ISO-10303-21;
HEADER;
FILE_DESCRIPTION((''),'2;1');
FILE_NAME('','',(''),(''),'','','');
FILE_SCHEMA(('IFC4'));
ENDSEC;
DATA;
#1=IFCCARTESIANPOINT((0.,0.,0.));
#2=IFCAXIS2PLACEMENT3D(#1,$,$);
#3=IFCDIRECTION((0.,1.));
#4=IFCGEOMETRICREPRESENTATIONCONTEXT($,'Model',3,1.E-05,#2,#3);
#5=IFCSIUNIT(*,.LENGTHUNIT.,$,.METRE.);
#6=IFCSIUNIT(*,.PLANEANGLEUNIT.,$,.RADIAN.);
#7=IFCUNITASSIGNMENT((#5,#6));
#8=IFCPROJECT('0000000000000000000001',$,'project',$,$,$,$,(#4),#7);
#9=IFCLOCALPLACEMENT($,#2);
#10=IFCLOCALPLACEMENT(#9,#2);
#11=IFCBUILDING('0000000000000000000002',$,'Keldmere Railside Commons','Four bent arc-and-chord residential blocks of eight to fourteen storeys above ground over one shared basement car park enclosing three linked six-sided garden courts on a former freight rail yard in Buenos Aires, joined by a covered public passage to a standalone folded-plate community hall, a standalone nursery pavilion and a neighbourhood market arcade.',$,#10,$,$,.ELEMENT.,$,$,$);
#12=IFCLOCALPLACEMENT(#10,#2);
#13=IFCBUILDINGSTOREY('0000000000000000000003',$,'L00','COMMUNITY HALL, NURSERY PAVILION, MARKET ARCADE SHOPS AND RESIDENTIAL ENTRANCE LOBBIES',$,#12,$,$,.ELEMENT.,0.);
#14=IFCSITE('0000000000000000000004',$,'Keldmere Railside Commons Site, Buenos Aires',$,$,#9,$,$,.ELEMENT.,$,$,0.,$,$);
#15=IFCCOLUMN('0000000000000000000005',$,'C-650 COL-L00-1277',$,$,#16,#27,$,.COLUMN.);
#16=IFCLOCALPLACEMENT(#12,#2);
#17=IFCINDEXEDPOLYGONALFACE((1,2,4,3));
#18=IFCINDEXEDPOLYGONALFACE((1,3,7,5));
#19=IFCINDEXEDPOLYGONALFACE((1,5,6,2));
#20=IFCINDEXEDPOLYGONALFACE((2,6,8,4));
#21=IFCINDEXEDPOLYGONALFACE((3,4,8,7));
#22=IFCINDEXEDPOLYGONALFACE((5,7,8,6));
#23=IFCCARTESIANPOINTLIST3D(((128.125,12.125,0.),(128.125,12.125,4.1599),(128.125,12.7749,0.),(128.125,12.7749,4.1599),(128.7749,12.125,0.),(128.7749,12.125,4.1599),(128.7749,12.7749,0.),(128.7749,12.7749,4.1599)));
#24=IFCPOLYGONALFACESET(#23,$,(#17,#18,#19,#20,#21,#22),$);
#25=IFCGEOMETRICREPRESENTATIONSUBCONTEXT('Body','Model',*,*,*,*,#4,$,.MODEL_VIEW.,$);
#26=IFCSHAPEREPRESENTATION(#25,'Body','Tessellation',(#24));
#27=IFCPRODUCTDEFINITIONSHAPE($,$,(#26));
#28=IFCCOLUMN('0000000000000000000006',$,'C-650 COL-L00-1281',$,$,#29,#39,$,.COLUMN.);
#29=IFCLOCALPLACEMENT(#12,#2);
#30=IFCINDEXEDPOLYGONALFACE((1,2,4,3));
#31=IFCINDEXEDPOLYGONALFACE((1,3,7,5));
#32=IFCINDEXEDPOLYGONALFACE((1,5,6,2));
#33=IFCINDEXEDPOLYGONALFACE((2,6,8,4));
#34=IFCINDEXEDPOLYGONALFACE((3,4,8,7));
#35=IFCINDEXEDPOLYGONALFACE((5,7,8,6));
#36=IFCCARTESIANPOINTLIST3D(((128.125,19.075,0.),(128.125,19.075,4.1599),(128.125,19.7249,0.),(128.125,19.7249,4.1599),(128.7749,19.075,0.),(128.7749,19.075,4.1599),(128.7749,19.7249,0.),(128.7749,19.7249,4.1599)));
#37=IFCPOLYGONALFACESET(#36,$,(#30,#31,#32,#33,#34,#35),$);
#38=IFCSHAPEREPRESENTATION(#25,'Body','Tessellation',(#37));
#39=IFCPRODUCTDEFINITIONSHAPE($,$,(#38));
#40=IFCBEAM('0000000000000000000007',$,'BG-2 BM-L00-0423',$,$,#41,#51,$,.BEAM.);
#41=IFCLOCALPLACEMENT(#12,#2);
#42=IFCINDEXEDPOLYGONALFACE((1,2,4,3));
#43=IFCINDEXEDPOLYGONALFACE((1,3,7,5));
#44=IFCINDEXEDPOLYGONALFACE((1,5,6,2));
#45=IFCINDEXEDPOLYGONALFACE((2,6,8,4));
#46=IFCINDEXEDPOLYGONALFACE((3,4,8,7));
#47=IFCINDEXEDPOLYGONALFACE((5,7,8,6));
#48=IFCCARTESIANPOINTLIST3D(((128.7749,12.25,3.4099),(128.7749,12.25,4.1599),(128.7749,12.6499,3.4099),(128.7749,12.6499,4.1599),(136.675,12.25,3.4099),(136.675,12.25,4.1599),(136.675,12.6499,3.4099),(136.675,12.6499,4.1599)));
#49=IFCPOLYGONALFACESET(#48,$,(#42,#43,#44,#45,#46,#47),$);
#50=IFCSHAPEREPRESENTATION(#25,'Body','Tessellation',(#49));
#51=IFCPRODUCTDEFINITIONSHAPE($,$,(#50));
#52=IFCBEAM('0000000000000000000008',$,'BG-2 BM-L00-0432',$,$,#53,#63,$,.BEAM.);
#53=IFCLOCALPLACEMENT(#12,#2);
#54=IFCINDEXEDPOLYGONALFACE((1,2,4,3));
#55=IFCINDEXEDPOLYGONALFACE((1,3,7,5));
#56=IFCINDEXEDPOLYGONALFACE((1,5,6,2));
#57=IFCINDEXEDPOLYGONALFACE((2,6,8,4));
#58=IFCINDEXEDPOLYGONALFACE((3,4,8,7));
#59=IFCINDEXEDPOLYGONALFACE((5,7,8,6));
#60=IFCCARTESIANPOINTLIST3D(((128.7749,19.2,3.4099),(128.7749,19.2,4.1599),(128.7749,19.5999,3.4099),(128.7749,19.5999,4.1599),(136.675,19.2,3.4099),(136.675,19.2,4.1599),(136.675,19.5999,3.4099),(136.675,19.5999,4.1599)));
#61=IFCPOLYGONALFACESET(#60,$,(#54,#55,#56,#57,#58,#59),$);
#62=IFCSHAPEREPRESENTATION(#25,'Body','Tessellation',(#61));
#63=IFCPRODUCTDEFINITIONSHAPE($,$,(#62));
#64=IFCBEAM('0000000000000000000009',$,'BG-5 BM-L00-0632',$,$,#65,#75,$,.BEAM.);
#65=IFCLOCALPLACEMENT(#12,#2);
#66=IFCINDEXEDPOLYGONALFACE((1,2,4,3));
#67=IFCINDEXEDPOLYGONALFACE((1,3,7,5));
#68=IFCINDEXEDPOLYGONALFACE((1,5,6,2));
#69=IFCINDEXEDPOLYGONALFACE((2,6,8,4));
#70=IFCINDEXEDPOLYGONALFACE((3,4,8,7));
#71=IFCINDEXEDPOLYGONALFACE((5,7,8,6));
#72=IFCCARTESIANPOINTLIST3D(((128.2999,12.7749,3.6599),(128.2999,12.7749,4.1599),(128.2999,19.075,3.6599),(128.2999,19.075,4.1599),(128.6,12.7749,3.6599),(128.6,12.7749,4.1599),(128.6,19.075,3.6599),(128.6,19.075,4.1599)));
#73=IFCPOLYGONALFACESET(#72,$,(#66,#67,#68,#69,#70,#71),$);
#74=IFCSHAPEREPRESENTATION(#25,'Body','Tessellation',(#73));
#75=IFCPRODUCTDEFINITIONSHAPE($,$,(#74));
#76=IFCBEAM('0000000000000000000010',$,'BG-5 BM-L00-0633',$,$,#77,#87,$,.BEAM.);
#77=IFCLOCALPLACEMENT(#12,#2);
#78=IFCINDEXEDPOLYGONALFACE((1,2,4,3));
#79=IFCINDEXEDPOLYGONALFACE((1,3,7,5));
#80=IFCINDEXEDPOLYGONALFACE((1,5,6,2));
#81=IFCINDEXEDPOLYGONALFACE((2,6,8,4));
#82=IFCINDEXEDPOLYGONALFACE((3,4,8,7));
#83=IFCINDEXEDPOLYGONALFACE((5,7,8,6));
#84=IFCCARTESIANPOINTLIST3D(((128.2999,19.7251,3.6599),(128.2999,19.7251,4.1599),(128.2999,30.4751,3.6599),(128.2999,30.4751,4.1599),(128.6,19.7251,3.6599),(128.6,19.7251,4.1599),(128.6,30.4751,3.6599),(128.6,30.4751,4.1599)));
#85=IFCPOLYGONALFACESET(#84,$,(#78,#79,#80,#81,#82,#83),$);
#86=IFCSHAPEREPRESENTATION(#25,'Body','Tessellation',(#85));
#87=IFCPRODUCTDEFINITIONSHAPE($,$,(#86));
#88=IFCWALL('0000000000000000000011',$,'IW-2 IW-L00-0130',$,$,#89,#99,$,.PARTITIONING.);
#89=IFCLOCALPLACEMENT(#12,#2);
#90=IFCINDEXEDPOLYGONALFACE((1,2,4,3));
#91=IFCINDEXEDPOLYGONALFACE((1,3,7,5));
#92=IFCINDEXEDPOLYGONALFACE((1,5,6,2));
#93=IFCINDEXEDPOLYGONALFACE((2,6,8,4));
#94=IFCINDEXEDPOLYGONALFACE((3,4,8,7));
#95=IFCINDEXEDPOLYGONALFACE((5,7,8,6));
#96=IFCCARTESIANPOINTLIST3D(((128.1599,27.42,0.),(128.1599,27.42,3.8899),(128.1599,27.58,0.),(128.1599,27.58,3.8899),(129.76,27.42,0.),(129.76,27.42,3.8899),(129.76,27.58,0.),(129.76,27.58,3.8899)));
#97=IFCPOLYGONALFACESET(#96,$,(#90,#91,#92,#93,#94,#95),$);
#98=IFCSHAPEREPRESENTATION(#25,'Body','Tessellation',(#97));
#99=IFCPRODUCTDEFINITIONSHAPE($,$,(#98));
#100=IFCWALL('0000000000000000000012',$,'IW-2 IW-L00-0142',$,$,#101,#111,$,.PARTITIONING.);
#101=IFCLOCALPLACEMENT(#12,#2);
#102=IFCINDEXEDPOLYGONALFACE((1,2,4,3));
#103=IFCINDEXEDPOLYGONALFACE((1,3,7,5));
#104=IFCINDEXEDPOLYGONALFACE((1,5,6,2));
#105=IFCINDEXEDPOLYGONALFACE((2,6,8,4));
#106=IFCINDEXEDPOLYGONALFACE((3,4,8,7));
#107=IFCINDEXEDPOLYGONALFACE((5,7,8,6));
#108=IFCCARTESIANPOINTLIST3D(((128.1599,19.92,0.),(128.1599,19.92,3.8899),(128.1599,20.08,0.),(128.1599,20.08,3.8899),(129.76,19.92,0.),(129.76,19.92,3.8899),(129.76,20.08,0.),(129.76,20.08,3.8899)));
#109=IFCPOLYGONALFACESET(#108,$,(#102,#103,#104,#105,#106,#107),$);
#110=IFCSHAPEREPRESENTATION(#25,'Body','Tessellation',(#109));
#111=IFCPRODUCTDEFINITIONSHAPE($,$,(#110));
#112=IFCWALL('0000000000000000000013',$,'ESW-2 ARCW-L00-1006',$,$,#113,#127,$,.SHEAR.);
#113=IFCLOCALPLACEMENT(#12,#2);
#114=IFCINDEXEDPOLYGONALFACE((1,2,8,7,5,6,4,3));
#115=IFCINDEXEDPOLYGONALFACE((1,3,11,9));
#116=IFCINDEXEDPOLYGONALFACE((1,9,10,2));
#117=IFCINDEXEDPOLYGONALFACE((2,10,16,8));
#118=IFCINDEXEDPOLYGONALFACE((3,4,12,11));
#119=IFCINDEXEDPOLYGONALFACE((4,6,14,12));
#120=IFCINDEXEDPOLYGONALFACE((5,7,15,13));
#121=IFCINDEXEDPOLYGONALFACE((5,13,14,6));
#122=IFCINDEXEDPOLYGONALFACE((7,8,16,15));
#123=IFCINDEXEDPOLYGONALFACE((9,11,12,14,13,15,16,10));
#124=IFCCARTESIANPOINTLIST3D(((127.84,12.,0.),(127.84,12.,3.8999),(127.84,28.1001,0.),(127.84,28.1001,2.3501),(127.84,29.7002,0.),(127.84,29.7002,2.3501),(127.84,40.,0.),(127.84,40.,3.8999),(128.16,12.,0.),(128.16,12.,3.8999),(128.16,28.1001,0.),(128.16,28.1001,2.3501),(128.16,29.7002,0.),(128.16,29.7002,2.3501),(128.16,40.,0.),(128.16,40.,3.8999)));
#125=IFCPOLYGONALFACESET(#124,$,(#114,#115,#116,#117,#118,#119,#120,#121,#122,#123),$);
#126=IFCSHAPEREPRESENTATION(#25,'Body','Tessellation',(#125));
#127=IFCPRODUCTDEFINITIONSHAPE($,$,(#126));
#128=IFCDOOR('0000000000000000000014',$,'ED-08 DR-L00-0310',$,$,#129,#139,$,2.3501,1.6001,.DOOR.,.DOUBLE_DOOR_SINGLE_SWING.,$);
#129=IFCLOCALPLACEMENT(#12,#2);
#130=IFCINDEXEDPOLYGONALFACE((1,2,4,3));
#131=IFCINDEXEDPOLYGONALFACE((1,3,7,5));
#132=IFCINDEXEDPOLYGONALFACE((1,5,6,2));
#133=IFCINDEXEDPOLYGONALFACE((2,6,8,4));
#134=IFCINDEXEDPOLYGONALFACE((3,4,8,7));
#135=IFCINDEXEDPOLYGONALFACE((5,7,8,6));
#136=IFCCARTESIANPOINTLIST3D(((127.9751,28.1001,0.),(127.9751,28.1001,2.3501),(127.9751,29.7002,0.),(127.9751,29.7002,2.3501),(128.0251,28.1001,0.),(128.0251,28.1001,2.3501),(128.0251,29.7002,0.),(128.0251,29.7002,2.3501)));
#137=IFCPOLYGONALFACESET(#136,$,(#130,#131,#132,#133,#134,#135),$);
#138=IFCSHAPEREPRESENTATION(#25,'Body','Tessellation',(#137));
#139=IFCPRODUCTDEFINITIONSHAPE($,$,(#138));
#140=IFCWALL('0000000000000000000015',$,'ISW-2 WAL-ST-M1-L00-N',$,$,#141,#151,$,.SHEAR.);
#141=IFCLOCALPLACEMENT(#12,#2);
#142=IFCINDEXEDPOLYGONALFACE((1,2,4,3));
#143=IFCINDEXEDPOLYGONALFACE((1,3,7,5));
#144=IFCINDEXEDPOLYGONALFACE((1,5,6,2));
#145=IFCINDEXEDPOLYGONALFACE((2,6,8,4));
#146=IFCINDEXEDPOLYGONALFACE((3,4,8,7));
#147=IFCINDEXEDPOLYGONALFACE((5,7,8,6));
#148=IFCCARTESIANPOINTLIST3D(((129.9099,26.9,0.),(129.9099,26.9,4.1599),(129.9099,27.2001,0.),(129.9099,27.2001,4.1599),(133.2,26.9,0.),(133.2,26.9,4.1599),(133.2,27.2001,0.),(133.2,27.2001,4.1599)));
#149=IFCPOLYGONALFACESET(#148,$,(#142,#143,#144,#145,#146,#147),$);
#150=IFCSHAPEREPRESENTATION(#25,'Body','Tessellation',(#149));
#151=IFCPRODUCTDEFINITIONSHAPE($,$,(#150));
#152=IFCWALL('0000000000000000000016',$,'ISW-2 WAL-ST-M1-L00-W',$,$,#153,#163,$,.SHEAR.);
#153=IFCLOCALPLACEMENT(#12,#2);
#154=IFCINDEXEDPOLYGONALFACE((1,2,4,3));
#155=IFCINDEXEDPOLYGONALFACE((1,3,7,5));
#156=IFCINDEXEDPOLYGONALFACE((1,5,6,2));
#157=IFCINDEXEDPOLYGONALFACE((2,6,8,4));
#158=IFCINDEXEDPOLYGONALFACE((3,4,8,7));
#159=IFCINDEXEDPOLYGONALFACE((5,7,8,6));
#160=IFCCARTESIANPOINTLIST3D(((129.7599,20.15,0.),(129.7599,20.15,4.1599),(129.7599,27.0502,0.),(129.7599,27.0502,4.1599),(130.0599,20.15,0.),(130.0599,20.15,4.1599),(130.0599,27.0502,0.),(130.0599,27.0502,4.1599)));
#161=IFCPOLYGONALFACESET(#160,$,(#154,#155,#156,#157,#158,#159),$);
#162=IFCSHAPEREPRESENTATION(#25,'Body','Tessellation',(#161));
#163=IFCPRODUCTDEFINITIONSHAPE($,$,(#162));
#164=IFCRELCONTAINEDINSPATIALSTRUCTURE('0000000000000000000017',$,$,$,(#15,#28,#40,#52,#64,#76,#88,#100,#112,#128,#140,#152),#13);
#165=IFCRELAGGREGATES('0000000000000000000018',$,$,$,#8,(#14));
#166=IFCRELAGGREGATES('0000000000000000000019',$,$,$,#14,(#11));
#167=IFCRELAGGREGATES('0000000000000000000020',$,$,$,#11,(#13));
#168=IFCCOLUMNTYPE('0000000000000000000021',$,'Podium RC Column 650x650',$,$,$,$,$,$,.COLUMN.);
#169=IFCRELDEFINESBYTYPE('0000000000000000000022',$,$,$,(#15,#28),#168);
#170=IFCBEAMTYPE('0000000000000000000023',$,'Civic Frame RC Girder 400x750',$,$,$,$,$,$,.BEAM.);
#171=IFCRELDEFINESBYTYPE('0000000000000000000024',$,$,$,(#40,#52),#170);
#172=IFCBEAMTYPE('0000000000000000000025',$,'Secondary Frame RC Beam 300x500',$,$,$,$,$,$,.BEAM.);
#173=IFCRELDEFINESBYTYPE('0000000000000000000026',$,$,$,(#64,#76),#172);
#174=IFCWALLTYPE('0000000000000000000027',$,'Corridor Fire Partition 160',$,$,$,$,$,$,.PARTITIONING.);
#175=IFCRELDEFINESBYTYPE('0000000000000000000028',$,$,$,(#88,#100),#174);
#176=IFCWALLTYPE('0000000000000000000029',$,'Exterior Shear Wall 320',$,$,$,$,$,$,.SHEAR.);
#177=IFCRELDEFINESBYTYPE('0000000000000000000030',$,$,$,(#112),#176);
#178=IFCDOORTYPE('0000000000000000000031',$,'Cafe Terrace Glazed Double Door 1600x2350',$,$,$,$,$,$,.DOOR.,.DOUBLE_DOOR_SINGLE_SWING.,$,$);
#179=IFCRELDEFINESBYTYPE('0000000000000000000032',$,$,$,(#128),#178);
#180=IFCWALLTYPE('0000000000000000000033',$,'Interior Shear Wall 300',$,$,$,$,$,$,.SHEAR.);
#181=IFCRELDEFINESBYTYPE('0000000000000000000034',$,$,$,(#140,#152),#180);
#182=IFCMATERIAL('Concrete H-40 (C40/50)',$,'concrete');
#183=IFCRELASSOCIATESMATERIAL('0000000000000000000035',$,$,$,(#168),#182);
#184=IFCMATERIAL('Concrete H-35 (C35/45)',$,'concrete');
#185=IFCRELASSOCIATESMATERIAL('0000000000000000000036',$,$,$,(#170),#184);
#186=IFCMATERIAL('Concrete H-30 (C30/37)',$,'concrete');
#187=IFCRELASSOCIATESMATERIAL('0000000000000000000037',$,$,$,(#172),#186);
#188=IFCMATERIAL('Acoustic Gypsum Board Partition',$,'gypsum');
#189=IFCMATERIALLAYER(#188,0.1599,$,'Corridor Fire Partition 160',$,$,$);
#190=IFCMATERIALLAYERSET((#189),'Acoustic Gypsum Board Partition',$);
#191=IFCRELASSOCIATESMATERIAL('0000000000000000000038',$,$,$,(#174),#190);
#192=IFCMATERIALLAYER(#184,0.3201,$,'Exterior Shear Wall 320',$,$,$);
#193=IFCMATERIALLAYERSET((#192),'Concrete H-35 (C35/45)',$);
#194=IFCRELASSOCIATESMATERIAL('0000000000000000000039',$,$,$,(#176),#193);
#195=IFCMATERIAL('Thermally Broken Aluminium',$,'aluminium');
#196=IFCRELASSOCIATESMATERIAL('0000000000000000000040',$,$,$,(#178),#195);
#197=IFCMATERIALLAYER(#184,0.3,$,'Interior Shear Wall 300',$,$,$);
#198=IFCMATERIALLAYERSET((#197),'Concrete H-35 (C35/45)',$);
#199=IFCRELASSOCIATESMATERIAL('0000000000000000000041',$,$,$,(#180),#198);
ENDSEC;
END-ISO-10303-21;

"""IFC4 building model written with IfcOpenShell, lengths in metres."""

from ifc_helpers import new_model, si_unit, direction, frame, frame_2d, origin, origin_2d, place, context, subcontext, project, spatial, rectangle, extrude, material, layer, layer_set, material_profile, profile_set, type_object, element, fill, save


model = new_model("IFC4")

# Units and contexts
model_context = context("Model", 3, precision=1e-05, world=origin(), true_north=direction((0.0, 1.0)))
body_context = subcontext(model_context, "Body", "Model", "MODEL_VIEW")
ifc_project = project(units=[si_unit("LENGTHUNIT", "METRE"), si_unit("PLANEANGLEUNIT", "RADIAN")], contexts=[model_context])

# Site, building, storey
site_placement = place(None, origin())
site = spatial("IfcSite", under=ifc_project, at=site_placement, Name="Keldmere Railside Commons Site, Buenos Aires", CompositionType="ELEMENT", RefElevation=0.0)
building_placement = place(site_placement, origin())
building = spatial("IfcBuilding", under=site, at=building_placement, Name="Keldmere Railside Commons", Description="Four bent arc-and-chord residential blocks of eight to fourteen storeys above ground over one shared basement car park enclosing three linked six-sided garden courts on a former freight rail yard in Buenos Aires, joined by a covered public passage to a standalone folded-plate community hall, a standalone nursery pavilion and a neighbourhood market arcade.", CompositionType="ELEMENT")
storey_placement = place(building_placement, origin())
storey = spatial("IfcBuildingStorey", under=building, at=storey_placement, Name="L00", Description="COMMUNITY HALL, NURSERY PAVILION, MARKET ARCADE SHOPS AND RESIDENTIAL ENTRANCE LOBBIES", CompositionType="ELEMENT", Elevation=0.0)

# Columns
ifc_material_1 = material(Name="Concrete H-40 (C40/50)", Category="concrete")
ifc_material_profile_1 = material_profile(ifc_material_1, rectangle(XDim=0.6499, YDim=0.6499, at=origin_2d()), Name="RC-650x650")
ifc_profile_set_1 = profile_set([ifc_material_profile_1], Name="Concrete H-40 (C40/50)")
column_type = type_object("IfcColumnType", Name="Podium RC Column 650x650", PredefinedType="COLUMN", material=ifc_profile_set_1)
for number, where, z_axis, x_axis, name in (
    (1, (128.45, 12.45, 0.0), (0.0, 0.0, 1.0), (1.0, 0.0, 0.0), "C-650 COL-L00-1277"),
    (2, (128.45, 19.3999, 0.0), (0.0, 0.0, 1.0), (1.0, 0.0, 0.0), "C-650 COL-L00-1281"),
):
    element("IfcColumn", number, at=place(storey_placement, frame(where, z_axis=z_axis, x_axis=x_axis)), inside=storey, type_object=column_type, Name=name, PredefinedType="COLUMN", context=body_context, shape_type="SweptSolid", body=[
        extrude(rectangle(XDim=0.6499, YDim=0.6499, at=origin_2d()), origin(), (0.0, 0.0, 1.0), 4.1599),
    ])

# Beams
ifc_material_2 = material(Name="Concrete H-35 (C35/45)", Category="concrete")
ifc_material_profile_2 = material_profile(ifc_material_2, rectangle(XDim=0.3999, YDim=0.75, at=origin_2d()), Name="RC-400x750")
ifc_profile_set_2 = profile_set([ifc_material_profile_2], Name="Concrete H-35 (C35/45)")
beam_type_1 = type_object("IfcBeamType", Name="Civic Frame RC Girder 400x750", PredefinedType="BEAM", material=ifc_profile_set_2)
for number, where, z_axis, x_axis, name in (
    (3, (128.7749, 12.45, 3.7849), (1.0, 0.0, 0.0), (0.0, 1.0, 0.0), "BG-2 BM-L00-0423"),
    (4, (128.7749, 19.3999, 3.7849), (1.0, 0.0, 0.0), (0.0, 1.0, 0.0), "BG-2 BM-L00-0432"),
):
    element("IfcBeam", number, at=place(storey_placement, frame(where, z_axis=z_axis, x_axis=x_axis)), inside=storey, type_object=beam_type_1, Name=name, PredefinedType="BEAM", context=body_context, shape_type="SweptSolid", body=[
        extrude(rectangle(XDim=0.3999, YDim=0.75, at=origin_2d()), origin(), (0.0, 0.0, 1.0), 7.9001),
    ])
ifc_material_3 = material(Name="Concrete H-30 (C30/37)", Category="concrete")
ifc_material_profile_3 = material_profile(ifc_material_3, rectangle(XDim=0.3, YDim=0.5, at=origin_2d()), Name="RC-300x500")
ifc_profile_set_3 = profile_set([ifc_material_profile_3], Name="Concrete H-30 (C30/37)")
beam_type_2 = type_object("IfcBeamType", Name="Secondary Frame RC Beam 300x500", PredefinedType="BEAM", material=ifc_profile_set_3)
beam_1_placement = place(storey_placement, frame((128.45, 12.7749, 3.9099), z_axis=(0.0, 1.0, 0.0), x_axis=(-1.0, 0.0, 0.0)))
element("IfcBeam", 5, at=beam_1_placement, inside=storey, type_object=beam_type_2, Name="BG-5 BM-L00-0632", PredefinedType="BEAM", context=body_context, shape_type="SweptSolid", body=[
    extrude(rectangle(XDim=0.3, YDim=0.5, at=origin_2d()), origin(), (0.0, 0.0, 1.0), 6.3),
])
beam_2_placement = place(storey_placement, frame((128.45, 19.7251, 3.9099), z_axis=(0.0, 1.0, 0.0), x_axis=(-1.0, 0.0, 0.0)))
element("IfcBeam", 6, at=beam_2_placement, inside=storey, type_object=beam_type_2, Name="BG-5 BM-L00-0633", PredefinedType="BEAM", context=body_context, shape_type="SweptSolid", body=[
    extrude(rectangle(XDim=0.3, YDim=0.5, at=origin_2d()), origin(), (0.0, 0.0, 1.0), 10.75),
])

# Walls
ifc_material_4 = material(Name="Acoustic Gypsum Board Partition", Category="gypsum")
ifc_layer_1 = layer(ifc_material_4, 0.1599, Name="Corridor Fire Partition 160")
ifc_layer_set_1 = layer_set([ifc_layer_1], Name="Acoustic Gypsum Board Partition")
wall_type_1 = type_object("IfcWallType", Name="Corridor Fire Partition 160", PredefinedType="PARTITIONING", material=ifc_layer_set_1)
for number, where, z_axis, x_axis, name in (
    (7, (128.1599, 27.5, 0.0), (0.0, 0.0, 1.0), (1.0, 0.0, 0.0), "IW-2 IW-L00-0130"),
    (8, (128.1599, 20.0, 0.0), (0.0, 0.0, 1.0), (1.0, 0.0, 0.0), "IW-2 IW-L00-0142"),
):
    element("IfcWall", number, at=place(storey_placement, frame(where, z_axis=z_axis, x_axis=x_axis)), inside=storey, type_object=wall_type_1, Name=name, PredefinedType="PARTITIONING", context=body_context, shape_type="SweptSolid", body=[
        extrude(rectangle(XDim=1.6001, YDim=0.1599, at=frame_2d((0.8, 0.0))), origin(), (0.0, 0.0, 1.0), 3.8899),
    ])

# Wall, opening, door
ifc_layer_2 = layer(ifc_material_2, 0.3201, Name="Exterior Shear Wall 320")
ifc_layer_set_2 = layer_set([ifc_layer_2], Name="Concrete H-35 (C35/45)")
wall_type_2 = type_object("IfcWallType", Name="Exterior Shear Wall 320", PredefinedType="SHEAR", material=ifc_layer_set_2)
wall_1_placement = place(storey_placement, frame((128.0, 12.0, 0.0), z_axis=(0.0, 0.0, 1.0), x_axis=(0.0, 1.0, 0.0)))
wall_1 = element("IfcWall", 9, at=wall_1_placement, inside=storey, type_object=wall_type_2, Name="ESW-2 ARCW-L00-1006", PredefinedType="SHEAR", context=body_context, shape_type="SweptSolid", body=[
    extrude(rectangle(XDim=28.0, YDim=0.3201, at=frame_2d((14.0, 0.0))), origin(), (0.0, 0.0, 1.0), 3.8999),
])
opening_placement = place(wall_1_placement, frame((16.1001, 0.0, 0.0)))
opening = element("IfcOpeningElement", 10, at=opening_placement, cuts=wall_1, PredefinedType="OPENING", context=body_context, shape_type="SweptSolid", body=[
    extrude(rectangle(XDim=1.6001, YDim=2.3501, at=frame_2d((0.8, 1.175))), frame((0.0, 0.1699, 0.0), z_axis=(0.0, -1.0, 0.0), x_axis=(1.0, 0.0, 0.0)), (0.0, 0.0, 1.0), 0.3401),
])
ifc_material_5 = material(Name="Thermally Broken Aluminium", Category="aluminium")
door_type = type_object("IfcDoorType", Name="Cafe Terrace Glazed Double Door 1600x2350", OperationType="DOUBLE_DOOR_SINGLE_SWING", PredefinedType="DOOR", material=ifc_material_5)
door_placement = place(opening_placement, origin())
door = element("IfcDoor", 11, at=door_placement, inside=storey, type_object=door_type, Name="ED-08 DR-L00-0310", OperationType="DOUBLE_DOOR_SINGLE_SWING", OverallHeight=2.3501, OverallWidth=1.6001, PredefinedType="DOOR", context=body_context, shape_type="SweptSolid", body=[
    extrude(rectangle(XDim=1.6001, YDim=2.3501, at=frame_2d((0.8, 1.175))), frame((0.0, 0.0249, 0.0), z_axis=(0.0, -1.0, 0.0), x_axis=(1.0, 0.0, 0.0)), (0.0, 0.0, 1.0), 0.05),
])
fill(opening, door)

# Walls
ifc_layer_3 = layer(ifc_material_2, 0.3, Name="Interior Shear Wall 300")
ifc_layer_set_3 = layer_set([ifc_layer_3], Name="Concrete H-35 (C35/45)")
wall_type_3 = type_object("IfcWallType", Name="Interior Shear Wall 300", PredefinedType="SHEAR", material=ifc_layer_set_3)
wall_2_placement = place(storey_placement, frame((129.9099, 27.05, 0.0), z_axis=(0.0, 0.0, 1.0), x_axis=(1.0, 0.0, 0.0)))
element("IfcWall", 12, at=wall_2_placement, inside=storey, type_object=wall_type_3, Name="ISW-2 WAL-ST-M1-L00-N", PredefinedType="SHEAR", context=body_context, shape_type="SweptSolid", body=[
    extrude(rectangle(XDim=3.29, YDim=0.3, at=frame_2d((1.645, 0.0))), origin(), (0.0, 0.0, 1.0), 4.1599),
])
wall_3_placement = place(storey_placement, frame((129.9099, 20.1499, 0.0), z_axis=(0.0, 0.0, 1.0), x_axis=(0.0, 1.0, 0.0)))
element("IfcWall", 13, at=wall_3_placement, inside=storey, type_object=wall_type_3, Name="ISW-2 WAL-ST-M1-L00-W", PredefinedType="SHEAR", context=body_context, shape_type="SweptSolid", body=[
    extrude(rectangle(XDim=6.9001, YDim=0.3, at=frame_2d((3.4502, 0.0))), origin(), (0.0, 0.0, 1.0), 4.1599),
])

save(model, "model.ifc")
